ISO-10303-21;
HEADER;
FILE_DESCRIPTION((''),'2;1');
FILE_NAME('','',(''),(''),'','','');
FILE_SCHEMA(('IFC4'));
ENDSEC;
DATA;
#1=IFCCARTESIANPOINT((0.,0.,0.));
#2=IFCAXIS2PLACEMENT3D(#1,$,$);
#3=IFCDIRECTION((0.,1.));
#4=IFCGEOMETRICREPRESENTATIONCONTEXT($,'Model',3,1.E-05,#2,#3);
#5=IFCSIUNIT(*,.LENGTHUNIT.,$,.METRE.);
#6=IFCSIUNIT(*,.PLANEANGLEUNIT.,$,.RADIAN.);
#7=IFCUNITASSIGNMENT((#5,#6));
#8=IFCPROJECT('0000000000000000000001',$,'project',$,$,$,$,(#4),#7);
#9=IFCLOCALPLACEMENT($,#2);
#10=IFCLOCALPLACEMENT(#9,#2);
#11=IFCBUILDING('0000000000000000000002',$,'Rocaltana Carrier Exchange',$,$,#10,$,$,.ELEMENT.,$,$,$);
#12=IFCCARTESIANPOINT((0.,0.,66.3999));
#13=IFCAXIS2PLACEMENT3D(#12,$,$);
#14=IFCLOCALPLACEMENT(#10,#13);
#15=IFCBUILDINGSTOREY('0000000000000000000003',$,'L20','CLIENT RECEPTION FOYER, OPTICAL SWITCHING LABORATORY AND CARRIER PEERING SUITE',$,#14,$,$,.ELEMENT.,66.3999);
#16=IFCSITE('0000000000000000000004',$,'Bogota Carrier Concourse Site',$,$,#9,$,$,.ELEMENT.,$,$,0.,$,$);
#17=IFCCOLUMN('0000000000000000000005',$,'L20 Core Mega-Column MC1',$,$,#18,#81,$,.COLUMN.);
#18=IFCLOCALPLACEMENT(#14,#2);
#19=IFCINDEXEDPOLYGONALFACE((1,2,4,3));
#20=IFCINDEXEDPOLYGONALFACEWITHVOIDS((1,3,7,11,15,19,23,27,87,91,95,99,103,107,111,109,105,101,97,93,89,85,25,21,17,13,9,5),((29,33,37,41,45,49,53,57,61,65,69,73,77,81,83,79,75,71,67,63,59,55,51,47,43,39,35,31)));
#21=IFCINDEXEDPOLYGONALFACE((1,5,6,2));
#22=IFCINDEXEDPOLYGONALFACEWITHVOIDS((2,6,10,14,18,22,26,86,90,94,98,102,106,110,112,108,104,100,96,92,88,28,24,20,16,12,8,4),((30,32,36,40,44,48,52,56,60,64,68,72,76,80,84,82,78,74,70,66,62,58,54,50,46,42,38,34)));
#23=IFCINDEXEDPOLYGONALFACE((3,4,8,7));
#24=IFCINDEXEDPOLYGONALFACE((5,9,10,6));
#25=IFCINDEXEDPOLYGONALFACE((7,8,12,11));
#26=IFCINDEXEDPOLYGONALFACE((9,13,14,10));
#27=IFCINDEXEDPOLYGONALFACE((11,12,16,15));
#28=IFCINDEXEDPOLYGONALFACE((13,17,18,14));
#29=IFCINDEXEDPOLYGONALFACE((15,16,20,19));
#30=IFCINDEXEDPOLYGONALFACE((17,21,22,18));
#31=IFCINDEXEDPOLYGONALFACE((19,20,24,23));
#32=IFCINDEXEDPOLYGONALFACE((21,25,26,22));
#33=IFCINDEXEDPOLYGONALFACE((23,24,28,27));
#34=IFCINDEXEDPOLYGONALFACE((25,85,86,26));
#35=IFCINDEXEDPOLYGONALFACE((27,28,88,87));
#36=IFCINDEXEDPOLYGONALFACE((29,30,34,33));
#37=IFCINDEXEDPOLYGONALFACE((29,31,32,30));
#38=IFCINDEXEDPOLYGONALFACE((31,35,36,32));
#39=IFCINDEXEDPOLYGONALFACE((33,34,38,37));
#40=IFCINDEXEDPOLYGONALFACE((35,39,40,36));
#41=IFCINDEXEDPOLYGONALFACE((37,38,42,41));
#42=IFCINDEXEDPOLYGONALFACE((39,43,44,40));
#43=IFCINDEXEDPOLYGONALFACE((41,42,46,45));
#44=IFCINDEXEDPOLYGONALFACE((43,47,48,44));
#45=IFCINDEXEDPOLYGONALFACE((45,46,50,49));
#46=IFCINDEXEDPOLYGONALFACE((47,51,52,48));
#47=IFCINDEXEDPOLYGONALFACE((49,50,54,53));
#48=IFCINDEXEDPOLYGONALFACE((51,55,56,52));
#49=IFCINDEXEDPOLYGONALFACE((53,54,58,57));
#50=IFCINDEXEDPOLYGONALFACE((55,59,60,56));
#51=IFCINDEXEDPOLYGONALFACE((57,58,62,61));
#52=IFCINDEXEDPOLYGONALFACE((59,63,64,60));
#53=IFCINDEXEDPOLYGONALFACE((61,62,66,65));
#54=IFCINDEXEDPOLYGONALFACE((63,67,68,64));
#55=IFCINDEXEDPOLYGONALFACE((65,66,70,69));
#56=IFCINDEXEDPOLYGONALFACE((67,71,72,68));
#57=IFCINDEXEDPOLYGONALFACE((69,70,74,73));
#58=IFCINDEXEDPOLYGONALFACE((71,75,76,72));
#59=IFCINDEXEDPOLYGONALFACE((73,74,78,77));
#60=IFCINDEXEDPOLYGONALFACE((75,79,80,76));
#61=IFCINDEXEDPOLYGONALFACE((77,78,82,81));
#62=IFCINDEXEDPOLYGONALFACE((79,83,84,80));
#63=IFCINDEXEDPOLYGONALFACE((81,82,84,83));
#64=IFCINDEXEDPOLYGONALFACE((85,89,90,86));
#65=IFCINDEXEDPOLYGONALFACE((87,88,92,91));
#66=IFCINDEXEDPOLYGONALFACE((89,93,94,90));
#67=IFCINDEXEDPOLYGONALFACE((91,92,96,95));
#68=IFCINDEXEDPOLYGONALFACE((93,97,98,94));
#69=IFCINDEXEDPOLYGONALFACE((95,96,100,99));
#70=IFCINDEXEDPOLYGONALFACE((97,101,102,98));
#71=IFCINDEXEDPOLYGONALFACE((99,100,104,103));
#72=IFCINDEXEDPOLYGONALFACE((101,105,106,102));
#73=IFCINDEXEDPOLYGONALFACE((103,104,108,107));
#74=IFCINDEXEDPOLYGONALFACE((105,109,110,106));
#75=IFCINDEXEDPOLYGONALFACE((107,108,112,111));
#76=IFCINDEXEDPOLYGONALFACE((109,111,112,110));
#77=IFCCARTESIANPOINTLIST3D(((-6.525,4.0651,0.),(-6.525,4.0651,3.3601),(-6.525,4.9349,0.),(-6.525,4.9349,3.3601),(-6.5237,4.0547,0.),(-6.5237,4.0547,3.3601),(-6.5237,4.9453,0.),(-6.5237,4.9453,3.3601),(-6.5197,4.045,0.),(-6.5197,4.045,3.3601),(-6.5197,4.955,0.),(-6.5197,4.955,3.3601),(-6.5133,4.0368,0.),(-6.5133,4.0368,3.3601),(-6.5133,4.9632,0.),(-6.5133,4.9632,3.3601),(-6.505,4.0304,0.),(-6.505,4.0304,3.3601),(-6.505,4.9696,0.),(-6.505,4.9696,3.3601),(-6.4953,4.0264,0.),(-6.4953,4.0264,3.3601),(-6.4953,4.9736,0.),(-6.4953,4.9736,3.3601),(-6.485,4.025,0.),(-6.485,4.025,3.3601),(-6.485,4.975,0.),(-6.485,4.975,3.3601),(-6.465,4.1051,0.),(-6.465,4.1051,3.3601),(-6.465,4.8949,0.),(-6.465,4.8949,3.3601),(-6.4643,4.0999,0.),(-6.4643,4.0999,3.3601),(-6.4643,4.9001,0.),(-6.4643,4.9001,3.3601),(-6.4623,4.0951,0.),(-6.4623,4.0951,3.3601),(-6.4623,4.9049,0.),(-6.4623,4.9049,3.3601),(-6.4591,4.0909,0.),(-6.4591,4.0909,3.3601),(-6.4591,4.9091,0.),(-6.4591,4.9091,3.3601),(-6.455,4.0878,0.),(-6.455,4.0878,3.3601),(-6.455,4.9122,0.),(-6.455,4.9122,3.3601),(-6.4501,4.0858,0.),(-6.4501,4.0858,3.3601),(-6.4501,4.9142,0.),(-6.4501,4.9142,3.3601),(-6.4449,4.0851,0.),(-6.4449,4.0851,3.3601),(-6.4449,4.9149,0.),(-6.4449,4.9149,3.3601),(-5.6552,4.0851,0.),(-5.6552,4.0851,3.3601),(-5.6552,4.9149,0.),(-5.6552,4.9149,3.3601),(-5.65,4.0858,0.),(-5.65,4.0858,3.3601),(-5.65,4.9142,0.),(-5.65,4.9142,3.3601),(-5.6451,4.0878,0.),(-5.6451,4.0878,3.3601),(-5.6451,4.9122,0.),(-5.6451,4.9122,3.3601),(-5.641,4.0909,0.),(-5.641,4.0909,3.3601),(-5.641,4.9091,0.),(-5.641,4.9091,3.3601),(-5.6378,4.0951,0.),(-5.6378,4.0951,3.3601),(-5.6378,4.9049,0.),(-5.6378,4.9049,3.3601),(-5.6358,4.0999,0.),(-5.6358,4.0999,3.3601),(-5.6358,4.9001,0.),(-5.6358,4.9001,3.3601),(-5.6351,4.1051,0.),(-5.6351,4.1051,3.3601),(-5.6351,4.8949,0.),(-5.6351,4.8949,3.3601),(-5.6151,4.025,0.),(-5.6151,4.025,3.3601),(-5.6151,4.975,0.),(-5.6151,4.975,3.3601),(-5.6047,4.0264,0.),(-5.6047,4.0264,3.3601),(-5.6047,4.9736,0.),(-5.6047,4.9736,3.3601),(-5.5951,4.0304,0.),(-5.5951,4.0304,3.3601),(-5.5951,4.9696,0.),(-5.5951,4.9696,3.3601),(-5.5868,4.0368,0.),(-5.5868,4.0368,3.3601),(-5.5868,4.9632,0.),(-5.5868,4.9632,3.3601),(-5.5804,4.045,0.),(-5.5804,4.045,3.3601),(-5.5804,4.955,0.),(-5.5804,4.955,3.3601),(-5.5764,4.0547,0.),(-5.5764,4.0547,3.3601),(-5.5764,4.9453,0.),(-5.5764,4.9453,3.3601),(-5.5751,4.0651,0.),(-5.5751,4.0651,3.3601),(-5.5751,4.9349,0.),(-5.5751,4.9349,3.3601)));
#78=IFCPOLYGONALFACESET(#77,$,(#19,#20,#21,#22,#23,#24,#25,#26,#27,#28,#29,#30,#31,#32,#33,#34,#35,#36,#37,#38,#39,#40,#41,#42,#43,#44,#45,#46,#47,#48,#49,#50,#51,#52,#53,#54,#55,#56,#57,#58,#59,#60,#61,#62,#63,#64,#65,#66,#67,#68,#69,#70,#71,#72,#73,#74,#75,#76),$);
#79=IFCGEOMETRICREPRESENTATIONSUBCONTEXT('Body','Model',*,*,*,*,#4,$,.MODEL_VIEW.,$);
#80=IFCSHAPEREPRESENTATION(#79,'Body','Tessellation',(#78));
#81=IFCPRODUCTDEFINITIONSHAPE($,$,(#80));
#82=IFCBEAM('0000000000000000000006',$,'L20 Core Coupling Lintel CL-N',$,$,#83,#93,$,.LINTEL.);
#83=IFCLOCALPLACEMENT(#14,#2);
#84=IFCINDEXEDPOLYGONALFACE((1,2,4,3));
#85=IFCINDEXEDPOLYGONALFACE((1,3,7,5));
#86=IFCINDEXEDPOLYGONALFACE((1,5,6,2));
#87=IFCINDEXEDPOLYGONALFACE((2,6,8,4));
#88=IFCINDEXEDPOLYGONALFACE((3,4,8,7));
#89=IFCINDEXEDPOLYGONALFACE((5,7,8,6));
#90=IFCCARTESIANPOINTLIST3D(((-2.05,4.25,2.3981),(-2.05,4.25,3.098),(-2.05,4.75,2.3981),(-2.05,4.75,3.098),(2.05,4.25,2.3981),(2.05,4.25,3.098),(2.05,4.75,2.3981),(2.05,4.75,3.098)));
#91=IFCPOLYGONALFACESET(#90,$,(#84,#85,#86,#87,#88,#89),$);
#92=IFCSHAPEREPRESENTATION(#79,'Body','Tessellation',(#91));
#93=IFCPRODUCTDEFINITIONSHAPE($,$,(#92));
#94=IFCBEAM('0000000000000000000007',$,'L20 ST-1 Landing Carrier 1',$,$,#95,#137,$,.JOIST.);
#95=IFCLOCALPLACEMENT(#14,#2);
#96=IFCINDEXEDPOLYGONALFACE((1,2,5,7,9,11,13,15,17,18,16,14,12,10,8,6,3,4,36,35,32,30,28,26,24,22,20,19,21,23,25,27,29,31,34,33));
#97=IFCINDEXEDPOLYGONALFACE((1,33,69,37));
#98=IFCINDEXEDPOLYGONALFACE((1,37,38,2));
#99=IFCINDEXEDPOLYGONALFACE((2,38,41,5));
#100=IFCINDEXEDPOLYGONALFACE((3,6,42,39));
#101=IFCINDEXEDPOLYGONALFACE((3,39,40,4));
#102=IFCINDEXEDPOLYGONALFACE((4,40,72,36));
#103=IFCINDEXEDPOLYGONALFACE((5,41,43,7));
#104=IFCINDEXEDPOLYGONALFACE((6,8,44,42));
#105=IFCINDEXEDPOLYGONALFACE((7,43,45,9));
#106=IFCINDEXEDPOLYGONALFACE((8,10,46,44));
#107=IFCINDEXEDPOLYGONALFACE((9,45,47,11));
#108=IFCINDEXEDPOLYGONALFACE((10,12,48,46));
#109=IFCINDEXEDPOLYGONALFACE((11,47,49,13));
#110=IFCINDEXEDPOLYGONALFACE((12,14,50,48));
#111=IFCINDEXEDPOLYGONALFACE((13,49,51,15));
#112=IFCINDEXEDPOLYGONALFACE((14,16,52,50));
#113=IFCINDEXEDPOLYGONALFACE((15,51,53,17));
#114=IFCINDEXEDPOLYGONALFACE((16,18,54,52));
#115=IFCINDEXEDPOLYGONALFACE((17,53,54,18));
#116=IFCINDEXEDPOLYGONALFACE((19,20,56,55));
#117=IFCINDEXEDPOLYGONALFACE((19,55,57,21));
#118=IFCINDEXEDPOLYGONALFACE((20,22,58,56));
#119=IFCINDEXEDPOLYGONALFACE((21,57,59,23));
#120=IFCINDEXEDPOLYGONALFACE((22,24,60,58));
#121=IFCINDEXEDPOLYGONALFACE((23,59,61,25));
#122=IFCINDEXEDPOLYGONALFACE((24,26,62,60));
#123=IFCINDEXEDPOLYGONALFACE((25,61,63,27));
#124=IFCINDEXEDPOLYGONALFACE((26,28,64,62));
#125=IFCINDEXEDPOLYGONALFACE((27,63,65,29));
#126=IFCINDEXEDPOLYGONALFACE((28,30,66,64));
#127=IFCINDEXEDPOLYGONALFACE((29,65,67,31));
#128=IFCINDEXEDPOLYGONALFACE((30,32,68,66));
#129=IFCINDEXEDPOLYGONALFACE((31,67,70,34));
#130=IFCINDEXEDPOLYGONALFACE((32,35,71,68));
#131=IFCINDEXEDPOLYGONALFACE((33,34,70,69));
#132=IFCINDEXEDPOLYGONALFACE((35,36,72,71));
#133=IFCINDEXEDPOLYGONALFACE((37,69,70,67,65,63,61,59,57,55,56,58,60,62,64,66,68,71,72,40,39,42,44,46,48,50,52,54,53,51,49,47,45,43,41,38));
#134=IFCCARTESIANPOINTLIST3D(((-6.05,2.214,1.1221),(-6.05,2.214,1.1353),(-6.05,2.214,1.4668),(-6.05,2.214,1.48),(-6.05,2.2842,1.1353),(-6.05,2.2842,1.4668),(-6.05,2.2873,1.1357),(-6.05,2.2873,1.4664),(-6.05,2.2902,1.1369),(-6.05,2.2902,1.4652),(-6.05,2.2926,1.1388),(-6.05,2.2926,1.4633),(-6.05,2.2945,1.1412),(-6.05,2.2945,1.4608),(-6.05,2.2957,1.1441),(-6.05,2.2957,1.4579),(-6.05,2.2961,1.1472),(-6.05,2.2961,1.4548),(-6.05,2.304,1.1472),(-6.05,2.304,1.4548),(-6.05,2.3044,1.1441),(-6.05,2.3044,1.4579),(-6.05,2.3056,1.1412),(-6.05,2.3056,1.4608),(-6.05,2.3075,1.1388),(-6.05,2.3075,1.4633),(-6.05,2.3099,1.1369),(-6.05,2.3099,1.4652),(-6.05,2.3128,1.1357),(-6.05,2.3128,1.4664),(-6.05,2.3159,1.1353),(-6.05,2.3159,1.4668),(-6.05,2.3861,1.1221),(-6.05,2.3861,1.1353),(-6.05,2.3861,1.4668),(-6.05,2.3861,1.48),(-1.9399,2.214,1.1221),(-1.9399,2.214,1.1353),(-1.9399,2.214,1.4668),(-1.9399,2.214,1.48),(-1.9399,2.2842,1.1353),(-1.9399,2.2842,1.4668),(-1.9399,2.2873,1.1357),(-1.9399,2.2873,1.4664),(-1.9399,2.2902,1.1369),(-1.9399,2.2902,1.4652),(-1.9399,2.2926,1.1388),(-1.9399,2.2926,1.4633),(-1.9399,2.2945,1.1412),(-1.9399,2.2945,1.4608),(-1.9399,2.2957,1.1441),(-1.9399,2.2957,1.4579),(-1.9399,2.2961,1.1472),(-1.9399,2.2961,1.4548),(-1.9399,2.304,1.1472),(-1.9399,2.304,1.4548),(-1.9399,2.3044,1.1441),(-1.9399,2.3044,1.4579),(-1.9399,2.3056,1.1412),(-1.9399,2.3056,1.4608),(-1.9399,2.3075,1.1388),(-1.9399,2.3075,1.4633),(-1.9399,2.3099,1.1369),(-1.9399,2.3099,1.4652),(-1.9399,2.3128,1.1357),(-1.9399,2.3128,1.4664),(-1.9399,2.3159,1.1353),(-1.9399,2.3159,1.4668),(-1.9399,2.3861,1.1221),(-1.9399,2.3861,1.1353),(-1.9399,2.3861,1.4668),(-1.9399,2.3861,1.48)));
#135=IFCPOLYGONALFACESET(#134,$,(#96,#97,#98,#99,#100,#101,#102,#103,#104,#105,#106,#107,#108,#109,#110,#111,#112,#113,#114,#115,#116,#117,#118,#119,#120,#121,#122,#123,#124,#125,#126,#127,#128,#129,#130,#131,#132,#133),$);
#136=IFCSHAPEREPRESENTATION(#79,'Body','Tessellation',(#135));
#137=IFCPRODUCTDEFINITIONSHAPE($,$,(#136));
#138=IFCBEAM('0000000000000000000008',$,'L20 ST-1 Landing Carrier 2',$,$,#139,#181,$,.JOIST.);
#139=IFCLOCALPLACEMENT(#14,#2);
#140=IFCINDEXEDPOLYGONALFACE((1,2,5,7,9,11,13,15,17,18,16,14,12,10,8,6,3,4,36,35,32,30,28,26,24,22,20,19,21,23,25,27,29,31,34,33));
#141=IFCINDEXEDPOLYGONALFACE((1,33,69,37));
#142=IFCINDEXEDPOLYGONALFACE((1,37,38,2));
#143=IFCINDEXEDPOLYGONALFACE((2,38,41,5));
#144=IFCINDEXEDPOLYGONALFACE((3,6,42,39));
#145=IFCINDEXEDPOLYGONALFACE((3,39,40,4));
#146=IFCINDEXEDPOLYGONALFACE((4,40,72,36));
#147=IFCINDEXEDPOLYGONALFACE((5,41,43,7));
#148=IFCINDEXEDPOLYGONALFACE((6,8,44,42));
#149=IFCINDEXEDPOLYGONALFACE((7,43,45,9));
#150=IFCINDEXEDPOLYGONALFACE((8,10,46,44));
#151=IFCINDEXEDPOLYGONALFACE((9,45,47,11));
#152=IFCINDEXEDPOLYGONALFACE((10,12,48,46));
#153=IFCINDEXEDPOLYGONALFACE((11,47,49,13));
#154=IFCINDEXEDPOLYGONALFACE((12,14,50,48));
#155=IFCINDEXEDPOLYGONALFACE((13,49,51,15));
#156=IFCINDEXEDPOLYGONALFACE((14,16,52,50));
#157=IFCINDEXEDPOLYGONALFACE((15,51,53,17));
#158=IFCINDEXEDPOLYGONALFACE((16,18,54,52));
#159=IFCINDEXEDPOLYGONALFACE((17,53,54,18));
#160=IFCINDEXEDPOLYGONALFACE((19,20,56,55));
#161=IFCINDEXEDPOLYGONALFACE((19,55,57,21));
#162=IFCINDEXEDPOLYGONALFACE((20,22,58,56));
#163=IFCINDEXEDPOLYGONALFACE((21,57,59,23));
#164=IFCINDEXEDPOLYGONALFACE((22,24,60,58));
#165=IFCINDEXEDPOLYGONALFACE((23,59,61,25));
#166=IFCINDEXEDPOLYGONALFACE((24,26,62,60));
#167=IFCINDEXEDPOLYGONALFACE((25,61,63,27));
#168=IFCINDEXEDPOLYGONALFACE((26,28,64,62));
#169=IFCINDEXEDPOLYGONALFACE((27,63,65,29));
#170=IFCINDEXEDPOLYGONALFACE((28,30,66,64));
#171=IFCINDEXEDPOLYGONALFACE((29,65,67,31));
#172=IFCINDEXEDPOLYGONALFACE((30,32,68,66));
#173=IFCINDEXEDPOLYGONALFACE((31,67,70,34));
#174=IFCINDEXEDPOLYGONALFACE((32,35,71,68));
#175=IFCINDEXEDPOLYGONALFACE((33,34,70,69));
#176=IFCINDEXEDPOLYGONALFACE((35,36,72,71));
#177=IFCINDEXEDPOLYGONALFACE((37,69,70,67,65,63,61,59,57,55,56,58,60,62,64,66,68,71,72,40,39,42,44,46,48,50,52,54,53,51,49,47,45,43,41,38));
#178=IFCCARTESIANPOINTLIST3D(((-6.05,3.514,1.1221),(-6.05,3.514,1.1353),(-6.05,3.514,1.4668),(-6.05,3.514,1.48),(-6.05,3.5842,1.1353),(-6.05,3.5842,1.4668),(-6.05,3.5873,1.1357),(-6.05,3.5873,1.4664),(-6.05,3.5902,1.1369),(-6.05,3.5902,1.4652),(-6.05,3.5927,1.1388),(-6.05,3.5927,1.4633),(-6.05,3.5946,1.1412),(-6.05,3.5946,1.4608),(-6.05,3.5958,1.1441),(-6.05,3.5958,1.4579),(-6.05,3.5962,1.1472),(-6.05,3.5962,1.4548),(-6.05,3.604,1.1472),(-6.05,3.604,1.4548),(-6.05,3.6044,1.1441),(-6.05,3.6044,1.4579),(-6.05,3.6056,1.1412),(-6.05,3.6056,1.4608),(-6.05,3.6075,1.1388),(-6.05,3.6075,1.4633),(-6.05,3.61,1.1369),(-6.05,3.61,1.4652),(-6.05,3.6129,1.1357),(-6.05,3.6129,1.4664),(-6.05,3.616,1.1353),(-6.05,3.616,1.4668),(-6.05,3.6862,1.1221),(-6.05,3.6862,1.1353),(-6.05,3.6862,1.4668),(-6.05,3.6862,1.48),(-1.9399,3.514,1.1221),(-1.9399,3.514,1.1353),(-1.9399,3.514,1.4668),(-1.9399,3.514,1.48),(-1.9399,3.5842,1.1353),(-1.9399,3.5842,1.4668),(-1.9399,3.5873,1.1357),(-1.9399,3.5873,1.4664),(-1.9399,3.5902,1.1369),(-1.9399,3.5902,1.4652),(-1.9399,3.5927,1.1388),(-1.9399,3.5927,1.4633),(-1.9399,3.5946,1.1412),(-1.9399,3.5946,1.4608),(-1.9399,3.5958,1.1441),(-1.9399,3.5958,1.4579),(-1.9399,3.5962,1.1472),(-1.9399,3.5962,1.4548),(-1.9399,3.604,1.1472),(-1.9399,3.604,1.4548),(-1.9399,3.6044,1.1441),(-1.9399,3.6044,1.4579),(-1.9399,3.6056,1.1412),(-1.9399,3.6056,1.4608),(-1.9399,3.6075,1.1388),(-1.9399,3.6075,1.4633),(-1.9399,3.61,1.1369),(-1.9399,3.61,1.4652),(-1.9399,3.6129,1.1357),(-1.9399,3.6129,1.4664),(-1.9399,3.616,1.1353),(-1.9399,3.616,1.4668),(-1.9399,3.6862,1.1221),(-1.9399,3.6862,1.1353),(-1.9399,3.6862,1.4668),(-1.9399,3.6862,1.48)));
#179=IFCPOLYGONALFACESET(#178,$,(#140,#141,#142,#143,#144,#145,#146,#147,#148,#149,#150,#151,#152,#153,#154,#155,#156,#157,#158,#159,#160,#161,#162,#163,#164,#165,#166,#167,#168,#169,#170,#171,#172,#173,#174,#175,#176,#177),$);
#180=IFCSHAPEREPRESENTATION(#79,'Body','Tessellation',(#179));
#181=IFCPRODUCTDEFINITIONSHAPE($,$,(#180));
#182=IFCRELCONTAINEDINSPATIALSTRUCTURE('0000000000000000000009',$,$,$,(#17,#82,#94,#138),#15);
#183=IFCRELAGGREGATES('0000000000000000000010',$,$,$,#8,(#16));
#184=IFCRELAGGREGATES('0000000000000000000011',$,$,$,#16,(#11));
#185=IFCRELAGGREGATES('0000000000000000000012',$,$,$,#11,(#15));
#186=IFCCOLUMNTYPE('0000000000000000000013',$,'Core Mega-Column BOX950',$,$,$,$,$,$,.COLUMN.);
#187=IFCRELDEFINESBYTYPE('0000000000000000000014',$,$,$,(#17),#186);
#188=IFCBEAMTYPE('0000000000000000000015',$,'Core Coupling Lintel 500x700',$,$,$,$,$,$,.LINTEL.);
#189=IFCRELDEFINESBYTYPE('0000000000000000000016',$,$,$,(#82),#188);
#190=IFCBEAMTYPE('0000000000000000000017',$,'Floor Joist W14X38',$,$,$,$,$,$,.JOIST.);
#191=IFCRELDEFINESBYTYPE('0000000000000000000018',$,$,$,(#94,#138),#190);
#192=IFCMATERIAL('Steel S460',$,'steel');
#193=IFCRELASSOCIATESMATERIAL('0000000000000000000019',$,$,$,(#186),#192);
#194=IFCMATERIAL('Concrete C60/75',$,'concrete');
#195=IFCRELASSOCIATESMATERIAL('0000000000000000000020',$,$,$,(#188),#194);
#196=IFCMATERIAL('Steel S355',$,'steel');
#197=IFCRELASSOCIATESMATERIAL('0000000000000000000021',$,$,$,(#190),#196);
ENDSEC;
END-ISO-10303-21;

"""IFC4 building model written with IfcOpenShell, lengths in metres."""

from ifc_helpers import new_model, si_unit, direction, frame, origin, origin_2d, place, context, subcontext, project, spatial, rectangle, hollow_rectangle, i_section, extrude, material, material_profile, profile_set, type_object, element, save


model = new_model("IFC4")

# Units and contexts
model_context = context("Model", 3, precision=1e-05, world=origin(), true_north=direction((0.0, 1.0)))
body_context = subcontext(model_context, "Body", "Model", "MODEL_VIEW")
ifc_project = project(units=[si_unit("LENGTHUNIT", "METRE"), si_unit("PLANEANGLEUNIT", "RADIAN")], contexts=[model_context])

# Site, building, storey
site_placement = place(None, origin())
site = spatial("IfcSite", under=ifc_project, at=site_placement, Name="Bogota Carrier Concourse Site", CompositionType="ELEMENT", RefElevation=0.0)
building_placement = place(site_placement, origin())
building = spatial("IfcBuilding", under=site, at=building_placement, Name="Rocaltana Carrier Exchange", CompositionType="ELEMENT")
storey_placement = place(building_placement, frame((0.0, 0.0, 66.3999)))
storey = spatial("IfcBuildingStorey", under=building, at=storey_placement, Name="L20", Description="CLIENT RECEPTION FOYER, OPTICAL SWITCHING LABORATORY AND CARRIER PEERING SUITE", CompositionType="ELEMENT", Elevation=66.3999)

# Column
ifc_material_1 = material(Name="Steel S460", Category="steel")
ifc_material_profile_1 = material_profile(ifc_material_1, hollow_rectangle(XDim=0.95, YDim=0.95, WallThickness=0.0601, InnerFilletRadius=0.02, OuterFilletRadius=0.04, at=origin_2d()), Name="BOX950X950X60")
ifc_profile_set_1 = profile_set([ifc_material_profile_1], Name="Steel S460")
column_type = type_object("IfcColumnType", Name="Core Mega-Column BOX950", PredefinedType="COLUMN", material=ifc_profile_set_1)
column_placement = place(storey_placement, frame((-6.05, 4.5, 0.0), z_axis=(0.0, 0.0, 1.0), x_axis=(1.0, 0.0, 0.0)))
element("IfcColumn", 1, at=column_placement, inside=storey, type_object=column_type, Name="L20 Core Mega-Column MC1", PredefinedType="COLUMN", context=body_context, shape_type="SweptSolid", body=[
    extrude(hollow_rectangle(XDim=0.95, YDim=0.95, WallThickness=0.0601, InnerFilletRadius=0.02, OuterFilletRadius=0.04, at=origin_2d()), origin(), (0.0, 0.0, 1.0), 3.3601),
])

# Beams
ifc_material_2 = material(Name="Concrete C60/75", Category="concrete")
ifc_material_profile_2 = material_profile(ifc_material_2, rectangle(XDim=0.5, YDim=0.7, at=origin_2d()), Name="RC-BM-500X700")
ifc_profile_set_2 = profile_set([ifc_material_profile_2], Name="Concrete C60/75")
beam_type_1 = type_object("IfcBeamType", Name="Core Coupling Lintel 500x700", PredefinedType="LINTEL", material=ifc_profile_set_2)
beam_1_placement = place(storey_placement, frame((-2.05, 4.5, 2.748), z_axis=(1.0, 0.0, 0.0), x_axis=(0.0, 1.0, 0.0)))
element("IfcBeam", 2, at=beam_1_placement, inside=storey, type_object=beam_type_1, Name="L20 Core Coupling Lintel CL-N", PredefinedType="LINTEL", context=body_context, shape_type="SweptSolid", body=[
    extrude(rectangle(XDim=0.5, YDim=0.7, at=origin_2d()), origin(), (0.0, 0.0, 1.0), 4.1001),
])
ifc_material_3 = material(Name="Steel S355", Category="steel")
ifc_material_profile_3 = material_profile(ifc_material_3, i_section(OverallWidth=0.1721, OverallDepth=0.3579, WebThickness=0.0078, FlangeThickness=0.0132, FilletRadius=0.012, at=origin_2d()), Name="W14X38")
ifc_profile_set_3 = profile_set([ifc_material_profile_3], Name="Steel S355")
beam_type_2 = type_object("IfcBeamType", Name="Floor Joist W14X38", PredefinedType="JOIST", material=ifc_profile_set_3)
for number, where, z_axis, x_axis, name in (
    (3, (-6.05, 2.3, 1.301), (1.0, 0.0, 0.0), (0.0, 1.0, 0.0), "L20 ST-1 Landing Carrier 1"),
    (4, (-6.05, 3.6001, 1.301), (1.0, 0.0, 0.0), (0.0, 1.0, 0.0), "L20 ST-1 Landing Carrier 2"),
):
    element("IfcBeam", number, at=place(storey_placement, frame(where, z_axis=z_axis, x_axis=x_axis)), inside=storey, type_object=beam_type_2, Name=name, PredefinedType="JOIST", context=body_context, shape_type="SweptSolid", body=[
        extrude(i_section(OverallWidth=0.1721, OverallDepth=0.3579, WebThickness=0.0078, FlangeThickness=0.0132, FilletRadius=0.012, at=origin_2d()), origin(), (0.0, 0.0, 1.0), 4.1101),
    ])

save(model, "model.ifc")
